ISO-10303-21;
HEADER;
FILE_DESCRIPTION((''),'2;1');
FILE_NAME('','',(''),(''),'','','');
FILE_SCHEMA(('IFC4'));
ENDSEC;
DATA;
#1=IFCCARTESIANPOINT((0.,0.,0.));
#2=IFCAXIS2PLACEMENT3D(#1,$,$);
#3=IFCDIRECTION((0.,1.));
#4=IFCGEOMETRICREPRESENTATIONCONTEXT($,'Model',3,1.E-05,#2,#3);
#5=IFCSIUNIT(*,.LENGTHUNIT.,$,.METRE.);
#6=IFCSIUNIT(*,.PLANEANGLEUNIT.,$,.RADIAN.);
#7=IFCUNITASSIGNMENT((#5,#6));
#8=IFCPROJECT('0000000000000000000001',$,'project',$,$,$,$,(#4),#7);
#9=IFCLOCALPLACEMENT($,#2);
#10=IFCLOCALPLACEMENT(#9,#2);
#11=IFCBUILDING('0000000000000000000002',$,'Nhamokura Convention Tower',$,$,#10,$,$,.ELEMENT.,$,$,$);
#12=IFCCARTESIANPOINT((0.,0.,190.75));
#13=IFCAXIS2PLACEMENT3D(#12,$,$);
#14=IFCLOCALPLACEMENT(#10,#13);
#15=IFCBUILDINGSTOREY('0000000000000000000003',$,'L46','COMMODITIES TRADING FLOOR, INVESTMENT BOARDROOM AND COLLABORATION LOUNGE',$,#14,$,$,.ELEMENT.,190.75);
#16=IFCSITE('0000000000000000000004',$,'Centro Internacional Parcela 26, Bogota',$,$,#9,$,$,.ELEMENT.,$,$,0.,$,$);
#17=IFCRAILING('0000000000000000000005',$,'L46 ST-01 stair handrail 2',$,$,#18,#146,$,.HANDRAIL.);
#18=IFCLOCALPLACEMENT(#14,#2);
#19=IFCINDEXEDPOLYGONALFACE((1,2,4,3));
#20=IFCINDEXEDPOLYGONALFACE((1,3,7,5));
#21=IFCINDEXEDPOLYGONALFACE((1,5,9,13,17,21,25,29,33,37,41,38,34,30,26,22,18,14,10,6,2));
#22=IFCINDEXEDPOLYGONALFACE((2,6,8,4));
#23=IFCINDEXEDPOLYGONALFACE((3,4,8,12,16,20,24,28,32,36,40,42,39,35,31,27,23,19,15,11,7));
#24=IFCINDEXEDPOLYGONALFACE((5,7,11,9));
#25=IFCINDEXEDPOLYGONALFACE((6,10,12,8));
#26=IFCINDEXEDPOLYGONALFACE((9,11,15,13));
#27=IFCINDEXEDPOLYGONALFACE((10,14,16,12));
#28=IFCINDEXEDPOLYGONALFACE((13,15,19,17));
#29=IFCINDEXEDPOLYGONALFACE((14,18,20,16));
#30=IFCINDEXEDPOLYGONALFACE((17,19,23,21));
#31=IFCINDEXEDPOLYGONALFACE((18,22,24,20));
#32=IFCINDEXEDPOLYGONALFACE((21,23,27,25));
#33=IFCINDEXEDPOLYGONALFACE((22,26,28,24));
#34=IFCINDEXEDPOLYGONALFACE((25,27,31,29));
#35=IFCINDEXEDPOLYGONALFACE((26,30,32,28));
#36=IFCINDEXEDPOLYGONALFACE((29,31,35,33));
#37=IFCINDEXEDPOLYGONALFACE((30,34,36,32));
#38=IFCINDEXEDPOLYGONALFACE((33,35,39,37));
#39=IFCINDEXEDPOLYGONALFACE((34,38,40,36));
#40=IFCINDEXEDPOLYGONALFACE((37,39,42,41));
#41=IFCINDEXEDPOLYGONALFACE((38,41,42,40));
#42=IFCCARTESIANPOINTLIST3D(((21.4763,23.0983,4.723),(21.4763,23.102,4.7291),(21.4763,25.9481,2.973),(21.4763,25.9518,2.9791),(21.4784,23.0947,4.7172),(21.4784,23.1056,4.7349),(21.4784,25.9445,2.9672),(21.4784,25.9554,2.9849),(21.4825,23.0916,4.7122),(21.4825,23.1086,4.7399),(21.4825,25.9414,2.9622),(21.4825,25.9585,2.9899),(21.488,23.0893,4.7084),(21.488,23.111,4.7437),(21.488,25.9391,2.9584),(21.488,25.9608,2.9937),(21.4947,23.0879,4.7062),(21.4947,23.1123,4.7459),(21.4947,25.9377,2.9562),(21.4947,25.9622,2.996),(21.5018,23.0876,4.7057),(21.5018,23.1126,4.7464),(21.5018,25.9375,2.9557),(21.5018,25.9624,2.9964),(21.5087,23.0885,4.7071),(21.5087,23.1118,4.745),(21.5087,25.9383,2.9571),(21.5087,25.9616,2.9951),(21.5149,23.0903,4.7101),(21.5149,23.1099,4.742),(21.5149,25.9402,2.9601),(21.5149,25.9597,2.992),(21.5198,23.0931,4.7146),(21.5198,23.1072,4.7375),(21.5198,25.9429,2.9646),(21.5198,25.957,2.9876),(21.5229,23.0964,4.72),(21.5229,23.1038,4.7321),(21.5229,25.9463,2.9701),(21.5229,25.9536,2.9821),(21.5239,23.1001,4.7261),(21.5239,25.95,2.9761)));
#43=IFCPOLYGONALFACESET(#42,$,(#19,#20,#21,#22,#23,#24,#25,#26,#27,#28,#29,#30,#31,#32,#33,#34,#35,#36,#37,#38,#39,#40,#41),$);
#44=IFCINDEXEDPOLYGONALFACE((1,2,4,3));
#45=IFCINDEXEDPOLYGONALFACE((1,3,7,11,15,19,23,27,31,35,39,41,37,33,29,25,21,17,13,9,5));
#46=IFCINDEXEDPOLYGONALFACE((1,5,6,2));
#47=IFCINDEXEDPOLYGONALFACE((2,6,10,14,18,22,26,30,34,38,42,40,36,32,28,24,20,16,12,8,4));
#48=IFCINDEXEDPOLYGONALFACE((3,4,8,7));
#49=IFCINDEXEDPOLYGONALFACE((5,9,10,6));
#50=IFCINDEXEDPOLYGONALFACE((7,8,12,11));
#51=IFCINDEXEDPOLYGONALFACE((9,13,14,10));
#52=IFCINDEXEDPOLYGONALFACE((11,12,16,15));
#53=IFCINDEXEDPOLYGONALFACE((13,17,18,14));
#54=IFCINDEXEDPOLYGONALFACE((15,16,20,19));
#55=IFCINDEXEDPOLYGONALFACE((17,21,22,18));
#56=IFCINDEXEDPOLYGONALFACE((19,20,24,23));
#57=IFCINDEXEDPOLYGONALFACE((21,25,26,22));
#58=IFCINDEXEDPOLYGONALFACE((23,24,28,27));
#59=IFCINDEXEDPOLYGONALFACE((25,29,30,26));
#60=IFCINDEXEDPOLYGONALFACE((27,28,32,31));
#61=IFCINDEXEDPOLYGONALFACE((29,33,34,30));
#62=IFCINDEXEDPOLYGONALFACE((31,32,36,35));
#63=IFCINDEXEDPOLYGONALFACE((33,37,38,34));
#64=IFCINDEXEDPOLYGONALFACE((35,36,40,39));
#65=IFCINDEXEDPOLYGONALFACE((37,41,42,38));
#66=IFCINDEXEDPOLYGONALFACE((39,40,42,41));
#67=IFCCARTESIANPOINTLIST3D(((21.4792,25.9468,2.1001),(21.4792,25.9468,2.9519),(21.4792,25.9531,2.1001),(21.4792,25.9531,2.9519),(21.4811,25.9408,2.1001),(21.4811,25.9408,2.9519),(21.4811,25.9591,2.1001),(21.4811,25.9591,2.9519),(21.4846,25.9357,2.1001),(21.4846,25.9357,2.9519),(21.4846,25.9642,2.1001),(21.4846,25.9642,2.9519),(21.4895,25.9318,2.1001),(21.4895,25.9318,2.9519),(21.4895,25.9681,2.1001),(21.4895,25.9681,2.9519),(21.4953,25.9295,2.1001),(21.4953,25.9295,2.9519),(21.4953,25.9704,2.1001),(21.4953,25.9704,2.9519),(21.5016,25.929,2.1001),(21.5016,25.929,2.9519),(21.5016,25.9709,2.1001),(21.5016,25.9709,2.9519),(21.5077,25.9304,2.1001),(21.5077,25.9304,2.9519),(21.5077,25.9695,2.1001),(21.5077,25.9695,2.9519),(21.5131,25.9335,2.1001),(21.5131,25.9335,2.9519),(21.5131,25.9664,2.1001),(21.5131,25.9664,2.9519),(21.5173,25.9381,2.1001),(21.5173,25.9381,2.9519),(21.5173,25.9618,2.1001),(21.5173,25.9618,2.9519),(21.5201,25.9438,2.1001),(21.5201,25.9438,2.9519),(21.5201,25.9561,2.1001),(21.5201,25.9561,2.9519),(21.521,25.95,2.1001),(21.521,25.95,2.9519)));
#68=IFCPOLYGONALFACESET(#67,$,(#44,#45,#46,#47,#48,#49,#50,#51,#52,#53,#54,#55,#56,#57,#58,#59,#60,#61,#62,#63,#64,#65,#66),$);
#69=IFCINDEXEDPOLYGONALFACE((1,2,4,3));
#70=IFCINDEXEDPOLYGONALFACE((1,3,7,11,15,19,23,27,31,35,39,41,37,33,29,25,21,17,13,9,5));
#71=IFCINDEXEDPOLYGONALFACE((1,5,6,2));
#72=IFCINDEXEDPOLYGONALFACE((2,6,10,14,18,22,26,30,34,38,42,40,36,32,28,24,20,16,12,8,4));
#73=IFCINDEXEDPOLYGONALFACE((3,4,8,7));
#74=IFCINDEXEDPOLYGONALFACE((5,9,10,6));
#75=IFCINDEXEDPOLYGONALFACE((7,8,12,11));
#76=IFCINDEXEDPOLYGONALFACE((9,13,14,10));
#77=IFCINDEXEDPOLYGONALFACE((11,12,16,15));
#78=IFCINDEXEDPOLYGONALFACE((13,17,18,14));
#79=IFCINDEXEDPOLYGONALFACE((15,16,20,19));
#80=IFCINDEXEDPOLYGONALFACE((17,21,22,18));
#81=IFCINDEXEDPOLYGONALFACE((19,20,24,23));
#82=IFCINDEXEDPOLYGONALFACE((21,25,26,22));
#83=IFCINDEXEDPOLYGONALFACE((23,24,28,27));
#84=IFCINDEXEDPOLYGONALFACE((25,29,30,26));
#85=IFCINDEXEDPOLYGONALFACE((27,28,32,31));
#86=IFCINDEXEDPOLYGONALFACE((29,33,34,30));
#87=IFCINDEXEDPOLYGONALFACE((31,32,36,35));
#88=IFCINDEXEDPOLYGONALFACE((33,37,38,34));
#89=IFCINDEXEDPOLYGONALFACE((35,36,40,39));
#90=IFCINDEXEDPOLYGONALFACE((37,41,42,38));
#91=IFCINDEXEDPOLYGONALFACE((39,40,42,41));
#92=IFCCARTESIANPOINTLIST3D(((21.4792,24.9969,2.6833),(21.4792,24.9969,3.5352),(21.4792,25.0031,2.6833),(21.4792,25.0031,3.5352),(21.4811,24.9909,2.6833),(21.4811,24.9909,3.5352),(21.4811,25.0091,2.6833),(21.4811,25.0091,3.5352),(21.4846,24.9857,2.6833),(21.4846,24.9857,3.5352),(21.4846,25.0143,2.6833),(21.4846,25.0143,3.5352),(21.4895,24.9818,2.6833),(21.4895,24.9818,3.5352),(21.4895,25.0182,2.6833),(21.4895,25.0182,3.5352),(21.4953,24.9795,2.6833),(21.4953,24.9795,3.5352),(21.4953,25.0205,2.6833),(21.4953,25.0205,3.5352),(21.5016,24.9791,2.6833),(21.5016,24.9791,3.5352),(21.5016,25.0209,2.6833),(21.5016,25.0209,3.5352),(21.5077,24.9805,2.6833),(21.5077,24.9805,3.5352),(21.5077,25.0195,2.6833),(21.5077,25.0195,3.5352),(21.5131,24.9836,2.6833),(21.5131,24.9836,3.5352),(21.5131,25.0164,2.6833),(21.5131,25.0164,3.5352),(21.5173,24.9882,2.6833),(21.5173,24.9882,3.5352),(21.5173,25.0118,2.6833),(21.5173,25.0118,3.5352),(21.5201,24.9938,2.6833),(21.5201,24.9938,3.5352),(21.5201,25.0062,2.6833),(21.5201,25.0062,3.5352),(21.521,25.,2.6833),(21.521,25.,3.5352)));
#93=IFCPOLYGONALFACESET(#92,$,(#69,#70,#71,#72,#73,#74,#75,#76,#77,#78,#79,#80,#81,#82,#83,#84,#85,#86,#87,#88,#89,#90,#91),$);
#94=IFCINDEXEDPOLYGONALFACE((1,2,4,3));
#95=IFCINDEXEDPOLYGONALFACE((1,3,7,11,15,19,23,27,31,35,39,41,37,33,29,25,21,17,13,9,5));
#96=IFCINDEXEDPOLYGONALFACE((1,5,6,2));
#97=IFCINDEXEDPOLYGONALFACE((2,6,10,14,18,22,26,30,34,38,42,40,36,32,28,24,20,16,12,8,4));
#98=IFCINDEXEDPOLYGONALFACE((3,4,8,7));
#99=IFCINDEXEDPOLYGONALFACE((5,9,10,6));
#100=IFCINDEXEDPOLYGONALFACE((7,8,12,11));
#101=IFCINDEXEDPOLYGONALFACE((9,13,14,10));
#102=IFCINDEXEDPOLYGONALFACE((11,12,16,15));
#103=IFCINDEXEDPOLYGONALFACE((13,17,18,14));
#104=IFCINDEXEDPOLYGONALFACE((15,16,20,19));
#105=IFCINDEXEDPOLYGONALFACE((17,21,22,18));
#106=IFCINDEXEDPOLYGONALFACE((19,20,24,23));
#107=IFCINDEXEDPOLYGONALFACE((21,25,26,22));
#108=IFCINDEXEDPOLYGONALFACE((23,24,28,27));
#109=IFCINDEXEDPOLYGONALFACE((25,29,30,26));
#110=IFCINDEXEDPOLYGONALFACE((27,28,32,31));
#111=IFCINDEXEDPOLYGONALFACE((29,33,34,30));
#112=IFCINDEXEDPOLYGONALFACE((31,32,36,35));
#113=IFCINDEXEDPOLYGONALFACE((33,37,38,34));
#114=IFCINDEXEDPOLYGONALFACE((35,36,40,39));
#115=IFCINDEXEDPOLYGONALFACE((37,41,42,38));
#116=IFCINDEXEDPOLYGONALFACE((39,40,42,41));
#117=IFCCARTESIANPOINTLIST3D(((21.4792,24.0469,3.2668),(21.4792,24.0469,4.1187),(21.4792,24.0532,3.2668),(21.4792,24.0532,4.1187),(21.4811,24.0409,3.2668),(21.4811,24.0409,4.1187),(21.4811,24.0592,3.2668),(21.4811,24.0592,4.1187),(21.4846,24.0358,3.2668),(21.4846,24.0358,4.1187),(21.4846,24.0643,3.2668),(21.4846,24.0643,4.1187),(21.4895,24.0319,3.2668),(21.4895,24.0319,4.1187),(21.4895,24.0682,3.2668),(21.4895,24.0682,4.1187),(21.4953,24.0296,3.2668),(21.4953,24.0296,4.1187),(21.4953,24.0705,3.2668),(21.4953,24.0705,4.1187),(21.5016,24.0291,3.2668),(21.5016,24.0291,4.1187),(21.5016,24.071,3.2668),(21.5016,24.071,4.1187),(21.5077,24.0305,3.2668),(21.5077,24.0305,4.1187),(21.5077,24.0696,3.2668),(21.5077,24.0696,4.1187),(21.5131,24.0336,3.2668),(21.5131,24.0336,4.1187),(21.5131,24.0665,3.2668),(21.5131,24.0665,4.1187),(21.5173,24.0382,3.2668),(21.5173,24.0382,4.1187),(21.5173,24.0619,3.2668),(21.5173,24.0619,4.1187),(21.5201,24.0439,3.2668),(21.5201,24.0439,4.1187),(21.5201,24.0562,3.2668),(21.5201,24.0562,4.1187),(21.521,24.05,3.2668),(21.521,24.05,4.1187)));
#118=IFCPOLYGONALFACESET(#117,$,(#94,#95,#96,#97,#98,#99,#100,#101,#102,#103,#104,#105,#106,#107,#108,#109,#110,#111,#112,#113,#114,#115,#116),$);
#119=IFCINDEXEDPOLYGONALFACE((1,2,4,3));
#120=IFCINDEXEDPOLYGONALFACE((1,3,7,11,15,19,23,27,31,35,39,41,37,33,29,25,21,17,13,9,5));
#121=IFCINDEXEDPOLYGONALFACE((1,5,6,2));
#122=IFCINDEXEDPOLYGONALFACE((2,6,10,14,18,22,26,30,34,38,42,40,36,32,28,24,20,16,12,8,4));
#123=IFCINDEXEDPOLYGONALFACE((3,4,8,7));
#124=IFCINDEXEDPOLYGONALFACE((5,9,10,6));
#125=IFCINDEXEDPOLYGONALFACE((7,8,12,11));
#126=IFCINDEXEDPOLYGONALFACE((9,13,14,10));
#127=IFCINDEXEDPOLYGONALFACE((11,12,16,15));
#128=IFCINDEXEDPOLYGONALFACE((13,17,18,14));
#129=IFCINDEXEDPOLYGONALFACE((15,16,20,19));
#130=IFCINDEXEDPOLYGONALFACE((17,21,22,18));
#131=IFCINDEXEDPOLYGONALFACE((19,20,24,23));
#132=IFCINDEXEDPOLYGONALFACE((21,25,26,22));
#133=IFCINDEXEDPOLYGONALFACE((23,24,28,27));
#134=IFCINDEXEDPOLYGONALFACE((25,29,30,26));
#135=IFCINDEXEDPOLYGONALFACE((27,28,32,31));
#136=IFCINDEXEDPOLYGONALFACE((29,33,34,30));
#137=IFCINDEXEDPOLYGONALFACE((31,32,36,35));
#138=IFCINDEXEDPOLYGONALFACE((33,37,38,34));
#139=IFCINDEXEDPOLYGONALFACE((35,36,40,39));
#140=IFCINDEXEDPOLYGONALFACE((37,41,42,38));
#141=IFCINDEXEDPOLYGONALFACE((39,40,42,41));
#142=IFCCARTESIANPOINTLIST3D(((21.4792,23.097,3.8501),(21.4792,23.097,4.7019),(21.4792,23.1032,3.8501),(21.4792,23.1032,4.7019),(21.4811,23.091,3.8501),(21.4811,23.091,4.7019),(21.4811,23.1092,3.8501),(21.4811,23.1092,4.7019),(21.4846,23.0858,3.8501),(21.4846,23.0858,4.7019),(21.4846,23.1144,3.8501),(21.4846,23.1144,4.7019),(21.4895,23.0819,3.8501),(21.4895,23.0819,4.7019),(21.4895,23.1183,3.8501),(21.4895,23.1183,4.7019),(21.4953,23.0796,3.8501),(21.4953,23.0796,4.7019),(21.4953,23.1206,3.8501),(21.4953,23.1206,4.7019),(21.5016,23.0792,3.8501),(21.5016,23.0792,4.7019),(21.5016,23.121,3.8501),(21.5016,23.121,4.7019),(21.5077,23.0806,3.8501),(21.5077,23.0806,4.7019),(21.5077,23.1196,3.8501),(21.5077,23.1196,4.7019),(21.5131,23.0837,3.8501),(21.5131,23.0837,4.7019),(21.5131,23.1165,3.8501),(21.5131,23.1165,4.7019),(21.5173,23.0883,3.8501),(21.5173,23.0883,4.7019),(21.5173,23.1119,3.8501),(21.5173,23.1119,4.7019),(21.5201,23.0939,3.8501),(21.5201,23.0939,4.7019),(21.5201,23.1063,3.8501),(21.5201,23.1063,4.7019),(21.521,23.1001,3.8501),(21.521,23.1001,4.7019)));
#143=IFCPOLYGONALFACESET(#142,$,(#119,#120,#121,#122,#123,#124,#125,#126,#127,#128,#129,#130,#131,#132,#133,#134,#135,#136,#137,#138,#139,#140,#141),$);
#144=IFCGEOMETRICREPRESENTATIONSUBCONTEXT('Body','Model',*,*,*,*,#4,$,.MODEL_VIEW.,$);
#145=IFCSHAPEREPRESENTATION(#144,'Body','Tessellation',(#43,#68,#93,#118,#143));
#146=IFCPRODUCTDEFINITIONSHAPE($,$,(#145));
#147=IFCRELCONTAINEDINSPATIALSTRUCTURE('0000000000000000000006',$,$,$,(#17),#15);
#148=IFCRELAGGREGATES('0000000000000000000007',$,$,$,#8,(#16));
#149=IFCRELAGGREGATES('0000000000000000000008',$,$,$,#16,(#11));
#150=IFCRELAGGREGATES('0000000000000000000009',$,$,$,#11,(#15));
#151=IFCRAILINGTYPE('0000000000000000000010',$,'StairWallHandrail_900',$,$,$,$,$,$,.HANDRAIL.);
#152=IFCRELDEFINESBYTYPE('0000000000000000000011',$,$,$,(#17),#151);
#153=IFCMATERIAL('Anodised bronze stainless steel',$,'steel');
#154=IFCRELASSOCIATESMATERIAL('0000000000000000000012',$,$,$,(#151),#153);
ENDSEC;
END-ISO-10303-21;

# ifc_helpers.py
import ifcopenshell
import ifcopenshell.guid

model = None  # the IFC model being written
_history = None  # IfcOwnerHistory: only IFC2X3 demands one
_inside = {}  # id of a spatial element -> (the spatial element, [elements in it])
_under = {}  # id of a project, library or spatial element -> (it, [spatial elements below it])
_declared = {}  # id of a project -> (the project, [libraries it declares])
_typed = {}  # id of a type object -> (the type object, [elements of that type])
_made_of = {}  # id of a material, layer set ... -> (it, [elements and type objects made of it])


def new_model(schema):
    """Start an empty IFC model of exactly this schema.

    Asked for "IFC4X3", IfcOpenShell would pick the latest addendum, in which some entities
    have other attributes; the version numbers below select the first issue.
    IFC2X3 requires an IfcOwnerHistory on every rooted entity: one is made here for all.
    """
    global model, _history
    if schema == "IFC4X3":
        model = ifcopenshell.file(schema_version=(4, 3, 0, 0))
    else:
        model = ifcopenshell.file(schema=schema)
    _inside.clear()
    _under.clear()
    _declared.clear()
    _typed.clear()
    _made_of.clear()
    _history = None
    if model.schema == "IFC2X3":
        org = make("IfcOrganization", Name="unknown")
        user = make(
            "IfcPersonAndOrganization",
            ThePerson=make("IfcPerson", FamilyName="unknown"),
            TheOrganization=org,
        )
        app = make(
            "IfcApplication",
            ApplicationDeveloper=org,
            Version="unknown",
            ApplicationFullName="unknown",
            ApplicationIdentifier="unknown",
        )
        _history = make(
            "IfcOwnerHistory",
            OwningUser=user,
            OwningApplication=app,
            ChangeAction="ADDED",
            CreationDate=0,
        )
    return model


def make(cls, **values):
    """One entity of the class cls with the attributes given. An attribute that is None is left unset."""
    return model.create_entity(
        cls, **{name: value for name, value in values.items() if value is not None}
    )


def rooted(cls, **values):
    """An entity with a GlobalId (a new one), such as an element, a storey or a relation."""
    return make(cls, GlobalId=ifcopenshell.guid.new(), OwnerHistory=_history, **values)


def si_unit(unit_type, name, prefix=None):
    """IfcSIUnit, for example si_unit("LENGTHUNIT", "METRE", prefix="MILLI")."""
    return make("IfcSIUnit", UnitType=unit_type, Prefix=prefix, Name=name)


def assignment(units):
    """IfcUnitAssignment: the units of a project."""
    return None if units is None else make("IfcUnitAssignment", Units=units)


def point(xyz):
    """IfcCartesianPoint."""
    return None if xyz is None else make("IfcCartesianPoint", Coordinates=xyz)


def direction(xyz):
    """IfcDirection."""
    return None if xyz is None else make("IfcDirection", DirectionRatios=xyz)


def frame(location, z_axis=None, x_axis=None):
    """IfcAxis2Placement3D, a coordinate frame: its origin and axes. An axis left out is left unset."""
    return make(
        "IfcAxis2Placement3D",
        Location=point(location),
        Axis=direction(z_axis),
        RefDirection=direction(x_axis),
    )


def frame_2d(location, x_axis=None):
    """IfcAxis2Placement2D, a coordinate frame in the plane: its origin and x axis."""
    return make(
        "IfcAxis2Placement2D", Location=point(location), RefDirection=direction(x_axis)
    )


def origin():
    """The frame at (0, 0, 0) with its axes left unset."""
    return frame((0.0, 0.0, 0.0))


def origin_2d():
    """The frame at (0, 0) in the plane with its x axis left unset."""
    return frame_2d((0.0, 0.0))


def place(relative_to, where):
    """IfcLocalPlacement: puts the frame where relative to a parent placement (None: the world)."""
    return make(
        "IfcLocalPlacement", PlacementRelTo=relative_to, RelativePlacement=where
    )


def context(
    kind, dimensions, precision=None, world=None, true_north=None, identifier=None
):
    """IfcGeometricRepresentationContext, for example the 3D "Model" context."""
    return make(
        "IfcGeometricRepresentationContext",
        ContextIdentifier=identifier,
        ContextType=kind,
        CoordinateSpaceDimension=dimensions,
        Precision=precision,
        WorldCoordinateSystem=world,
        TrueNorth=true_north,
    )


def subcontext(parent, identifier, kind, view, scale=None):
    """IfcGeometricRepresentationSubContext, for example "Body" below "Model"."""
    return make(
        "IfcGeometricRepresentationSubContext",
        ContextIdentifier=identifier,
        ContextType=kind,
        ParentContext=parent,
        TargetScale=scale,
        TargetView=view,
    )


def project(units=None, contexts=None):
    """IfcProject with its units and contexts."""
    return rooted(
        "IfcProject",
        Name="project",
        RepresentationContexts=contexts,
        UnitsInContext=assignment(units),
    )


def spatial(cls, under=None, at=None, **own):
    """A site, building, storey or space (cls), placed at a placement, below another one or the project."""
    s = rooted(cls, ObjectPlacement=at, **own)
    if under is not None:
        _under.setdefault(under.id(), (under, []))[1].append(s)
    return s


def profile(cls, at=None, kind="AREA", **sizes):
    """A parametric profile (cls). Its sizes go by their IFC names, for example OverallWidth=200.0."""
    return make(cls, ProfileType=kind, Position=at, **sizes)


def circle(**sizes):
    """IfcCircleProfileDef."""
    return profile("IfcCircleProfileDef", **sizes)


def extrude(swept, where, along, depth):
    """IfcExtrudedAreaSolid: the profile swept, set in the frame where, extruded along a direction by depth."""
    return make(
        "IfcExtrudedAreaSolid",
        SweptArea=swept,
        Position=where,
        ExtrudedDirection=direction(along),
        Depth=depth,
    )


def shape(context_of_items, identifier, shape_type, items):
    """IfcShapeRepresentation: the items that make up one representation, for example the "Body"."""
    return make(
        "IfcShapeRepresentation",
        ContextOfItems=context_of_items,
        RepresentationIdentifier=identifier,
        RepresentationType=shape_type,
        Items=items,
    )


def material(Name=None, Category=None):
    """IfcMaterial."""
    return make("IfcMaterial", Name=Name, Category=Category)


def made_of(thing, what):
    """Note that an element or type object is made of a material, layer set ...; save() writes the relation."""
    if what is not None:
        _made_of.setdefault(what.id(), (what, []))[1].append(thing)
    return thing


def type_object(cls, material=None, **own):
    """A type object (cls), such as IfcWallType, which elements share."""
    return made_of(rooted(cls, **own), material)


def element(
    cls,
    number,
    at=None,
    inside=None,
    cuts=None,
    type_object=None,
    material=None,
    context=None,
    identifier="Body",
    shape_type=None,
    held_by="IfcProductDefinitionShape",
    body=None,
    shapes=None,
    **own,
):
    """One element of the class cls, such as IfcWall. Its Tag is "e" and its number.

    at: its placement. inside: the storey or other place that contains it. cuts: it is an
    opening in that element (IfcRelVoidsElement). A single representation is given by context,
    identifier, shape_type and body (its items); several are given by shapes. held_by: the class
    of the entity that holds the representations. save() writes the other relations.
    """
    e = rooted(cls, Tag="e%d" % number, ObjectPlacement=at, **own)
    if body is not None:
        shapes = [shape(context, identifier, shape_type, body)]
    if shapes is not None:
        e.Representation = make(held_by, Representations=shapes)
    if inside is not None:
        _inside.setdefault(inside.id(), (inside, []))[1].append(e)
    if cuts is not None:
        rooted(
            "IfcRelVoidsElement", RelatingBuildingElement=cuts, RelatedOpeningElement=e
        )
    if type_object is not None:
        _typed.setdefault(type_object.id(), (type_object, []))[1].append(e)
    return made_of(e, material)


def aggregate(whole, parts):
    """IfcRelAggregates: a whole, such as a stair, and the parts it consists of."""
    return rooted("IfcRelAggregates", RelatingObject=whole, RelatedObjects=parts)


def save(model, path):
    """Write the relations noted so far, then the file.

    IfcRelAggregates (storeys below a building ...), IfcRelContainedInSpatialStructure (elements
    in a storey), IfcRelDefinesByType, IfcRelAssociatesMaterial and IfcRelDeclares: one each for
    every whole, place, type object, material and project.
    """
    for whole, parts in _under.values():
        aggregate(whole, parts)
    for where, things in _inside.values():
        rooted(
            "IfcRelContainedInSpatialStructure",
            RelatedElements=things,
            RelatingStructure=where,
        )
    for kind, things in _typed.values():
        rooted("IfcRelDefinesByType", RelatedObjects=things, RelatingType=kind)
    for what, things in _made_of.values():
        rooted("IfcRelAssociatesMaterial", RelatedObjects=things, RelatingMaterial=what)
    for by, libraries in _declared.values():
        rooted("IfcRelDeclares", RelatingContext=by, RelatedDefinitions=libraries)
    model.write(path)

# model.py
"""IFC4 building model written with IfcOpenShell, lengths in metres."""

from ifc_helpers import new_model, si_unit, direction, frame, origin, origin_2d, place, context, subcontext, project, spatial, circle, extrude, material, type_object, element, save


model = new_model("IFC4")

# Units and contexts
model_context = context("Model", 3, precision=1e-05, world=origin(), true_north=direction((0.0, 1.0)))
body_context = subcontext(model_context, "Body", "Model", "MODEL_VIEW")
ifc_project = project(units=[si_unit("LENGTHUNIT", "METRE"), si_unit("PLANEANGLEUNIT", "RADIAN")], contexts=[model_context])

# Site, building, storey
site_placement = place(None, origin())
site = spatial("IfcSite", under=ifc_project, at=site_placement, Name="Centro Internacional Parcela 26, Bogota", CompositionType="ELEMENT", RefElevation=0.0)
building_placement = place(site_placement, origin())
building = spatial("IfcBuilding", under=site, at=building_placement, Name="Nhamokura Convention Tower", CompositionType="ELEMENT")
storey_placement = place(building_placement, frame((0.0, 0.0, 190.75)))
storey = spatial("IfcBuildingStorey", under=building, at=storey_placement, Name="L46", Description="COMMODITIES TRADING FLOOR, INVESTMENT BOARDROOM AND COLLABORATION LOUNGE", CompositionType="ELEMENT", Elevation=190.75)

# Railing
ifc_material_1 = material(Name="Anodised bronze stainless steel", Category="steel")
railing_type_1 = type_object("IfcRailingType", Name="StairWallHandrail_900", PredefinedType="HANDRAIL", material=ifc_material_1)
railing_1_placement = place(storey_placement, frame((21.5, 25.95, 2.1001)))
element("IfcRailing", 1, at=railing_1_placement, inside=storey, type_object=railing_type_1, Name="L46 ST-01 stair handrail 2", PredefinedType="HANDRAIL", context=body_context, shape_type="SweptSolid", body=[
    extrude(circle(Radius=0.0239, at=origin_2d()), frame((0.0, 0.0, 0.876), z_axis=(0.0, -0.852159, 0.523283), x_axis=(1.0, 0.0, 0.0)), (0.0, 0.0, 1.0), 3.3442),
    extrude(circle(Radius=0.021, at=origin_2d()), origin(), (0.0, 0.0, 1.0), 0.8518),
    extrude(circle(Radius=0.021, at=origin_2d()), frame((0.0, -0.95, 0.5833)), (0.0, 0.0, 1.0), 0.8518),
    extrude(circle(Radius=0.021, at=origin_2d()), frame((0.0, -1.8999, 1.1667)), (0.0, 0.0, 1.0), 0.8518),
    extrude(circle(Radius=0.021, at=origin_2d()), frame((0.0, -2.8499, 1.75)), (0.0, 0.0, 1.0), 0.8518),
])

save(model, "model.ifc")
